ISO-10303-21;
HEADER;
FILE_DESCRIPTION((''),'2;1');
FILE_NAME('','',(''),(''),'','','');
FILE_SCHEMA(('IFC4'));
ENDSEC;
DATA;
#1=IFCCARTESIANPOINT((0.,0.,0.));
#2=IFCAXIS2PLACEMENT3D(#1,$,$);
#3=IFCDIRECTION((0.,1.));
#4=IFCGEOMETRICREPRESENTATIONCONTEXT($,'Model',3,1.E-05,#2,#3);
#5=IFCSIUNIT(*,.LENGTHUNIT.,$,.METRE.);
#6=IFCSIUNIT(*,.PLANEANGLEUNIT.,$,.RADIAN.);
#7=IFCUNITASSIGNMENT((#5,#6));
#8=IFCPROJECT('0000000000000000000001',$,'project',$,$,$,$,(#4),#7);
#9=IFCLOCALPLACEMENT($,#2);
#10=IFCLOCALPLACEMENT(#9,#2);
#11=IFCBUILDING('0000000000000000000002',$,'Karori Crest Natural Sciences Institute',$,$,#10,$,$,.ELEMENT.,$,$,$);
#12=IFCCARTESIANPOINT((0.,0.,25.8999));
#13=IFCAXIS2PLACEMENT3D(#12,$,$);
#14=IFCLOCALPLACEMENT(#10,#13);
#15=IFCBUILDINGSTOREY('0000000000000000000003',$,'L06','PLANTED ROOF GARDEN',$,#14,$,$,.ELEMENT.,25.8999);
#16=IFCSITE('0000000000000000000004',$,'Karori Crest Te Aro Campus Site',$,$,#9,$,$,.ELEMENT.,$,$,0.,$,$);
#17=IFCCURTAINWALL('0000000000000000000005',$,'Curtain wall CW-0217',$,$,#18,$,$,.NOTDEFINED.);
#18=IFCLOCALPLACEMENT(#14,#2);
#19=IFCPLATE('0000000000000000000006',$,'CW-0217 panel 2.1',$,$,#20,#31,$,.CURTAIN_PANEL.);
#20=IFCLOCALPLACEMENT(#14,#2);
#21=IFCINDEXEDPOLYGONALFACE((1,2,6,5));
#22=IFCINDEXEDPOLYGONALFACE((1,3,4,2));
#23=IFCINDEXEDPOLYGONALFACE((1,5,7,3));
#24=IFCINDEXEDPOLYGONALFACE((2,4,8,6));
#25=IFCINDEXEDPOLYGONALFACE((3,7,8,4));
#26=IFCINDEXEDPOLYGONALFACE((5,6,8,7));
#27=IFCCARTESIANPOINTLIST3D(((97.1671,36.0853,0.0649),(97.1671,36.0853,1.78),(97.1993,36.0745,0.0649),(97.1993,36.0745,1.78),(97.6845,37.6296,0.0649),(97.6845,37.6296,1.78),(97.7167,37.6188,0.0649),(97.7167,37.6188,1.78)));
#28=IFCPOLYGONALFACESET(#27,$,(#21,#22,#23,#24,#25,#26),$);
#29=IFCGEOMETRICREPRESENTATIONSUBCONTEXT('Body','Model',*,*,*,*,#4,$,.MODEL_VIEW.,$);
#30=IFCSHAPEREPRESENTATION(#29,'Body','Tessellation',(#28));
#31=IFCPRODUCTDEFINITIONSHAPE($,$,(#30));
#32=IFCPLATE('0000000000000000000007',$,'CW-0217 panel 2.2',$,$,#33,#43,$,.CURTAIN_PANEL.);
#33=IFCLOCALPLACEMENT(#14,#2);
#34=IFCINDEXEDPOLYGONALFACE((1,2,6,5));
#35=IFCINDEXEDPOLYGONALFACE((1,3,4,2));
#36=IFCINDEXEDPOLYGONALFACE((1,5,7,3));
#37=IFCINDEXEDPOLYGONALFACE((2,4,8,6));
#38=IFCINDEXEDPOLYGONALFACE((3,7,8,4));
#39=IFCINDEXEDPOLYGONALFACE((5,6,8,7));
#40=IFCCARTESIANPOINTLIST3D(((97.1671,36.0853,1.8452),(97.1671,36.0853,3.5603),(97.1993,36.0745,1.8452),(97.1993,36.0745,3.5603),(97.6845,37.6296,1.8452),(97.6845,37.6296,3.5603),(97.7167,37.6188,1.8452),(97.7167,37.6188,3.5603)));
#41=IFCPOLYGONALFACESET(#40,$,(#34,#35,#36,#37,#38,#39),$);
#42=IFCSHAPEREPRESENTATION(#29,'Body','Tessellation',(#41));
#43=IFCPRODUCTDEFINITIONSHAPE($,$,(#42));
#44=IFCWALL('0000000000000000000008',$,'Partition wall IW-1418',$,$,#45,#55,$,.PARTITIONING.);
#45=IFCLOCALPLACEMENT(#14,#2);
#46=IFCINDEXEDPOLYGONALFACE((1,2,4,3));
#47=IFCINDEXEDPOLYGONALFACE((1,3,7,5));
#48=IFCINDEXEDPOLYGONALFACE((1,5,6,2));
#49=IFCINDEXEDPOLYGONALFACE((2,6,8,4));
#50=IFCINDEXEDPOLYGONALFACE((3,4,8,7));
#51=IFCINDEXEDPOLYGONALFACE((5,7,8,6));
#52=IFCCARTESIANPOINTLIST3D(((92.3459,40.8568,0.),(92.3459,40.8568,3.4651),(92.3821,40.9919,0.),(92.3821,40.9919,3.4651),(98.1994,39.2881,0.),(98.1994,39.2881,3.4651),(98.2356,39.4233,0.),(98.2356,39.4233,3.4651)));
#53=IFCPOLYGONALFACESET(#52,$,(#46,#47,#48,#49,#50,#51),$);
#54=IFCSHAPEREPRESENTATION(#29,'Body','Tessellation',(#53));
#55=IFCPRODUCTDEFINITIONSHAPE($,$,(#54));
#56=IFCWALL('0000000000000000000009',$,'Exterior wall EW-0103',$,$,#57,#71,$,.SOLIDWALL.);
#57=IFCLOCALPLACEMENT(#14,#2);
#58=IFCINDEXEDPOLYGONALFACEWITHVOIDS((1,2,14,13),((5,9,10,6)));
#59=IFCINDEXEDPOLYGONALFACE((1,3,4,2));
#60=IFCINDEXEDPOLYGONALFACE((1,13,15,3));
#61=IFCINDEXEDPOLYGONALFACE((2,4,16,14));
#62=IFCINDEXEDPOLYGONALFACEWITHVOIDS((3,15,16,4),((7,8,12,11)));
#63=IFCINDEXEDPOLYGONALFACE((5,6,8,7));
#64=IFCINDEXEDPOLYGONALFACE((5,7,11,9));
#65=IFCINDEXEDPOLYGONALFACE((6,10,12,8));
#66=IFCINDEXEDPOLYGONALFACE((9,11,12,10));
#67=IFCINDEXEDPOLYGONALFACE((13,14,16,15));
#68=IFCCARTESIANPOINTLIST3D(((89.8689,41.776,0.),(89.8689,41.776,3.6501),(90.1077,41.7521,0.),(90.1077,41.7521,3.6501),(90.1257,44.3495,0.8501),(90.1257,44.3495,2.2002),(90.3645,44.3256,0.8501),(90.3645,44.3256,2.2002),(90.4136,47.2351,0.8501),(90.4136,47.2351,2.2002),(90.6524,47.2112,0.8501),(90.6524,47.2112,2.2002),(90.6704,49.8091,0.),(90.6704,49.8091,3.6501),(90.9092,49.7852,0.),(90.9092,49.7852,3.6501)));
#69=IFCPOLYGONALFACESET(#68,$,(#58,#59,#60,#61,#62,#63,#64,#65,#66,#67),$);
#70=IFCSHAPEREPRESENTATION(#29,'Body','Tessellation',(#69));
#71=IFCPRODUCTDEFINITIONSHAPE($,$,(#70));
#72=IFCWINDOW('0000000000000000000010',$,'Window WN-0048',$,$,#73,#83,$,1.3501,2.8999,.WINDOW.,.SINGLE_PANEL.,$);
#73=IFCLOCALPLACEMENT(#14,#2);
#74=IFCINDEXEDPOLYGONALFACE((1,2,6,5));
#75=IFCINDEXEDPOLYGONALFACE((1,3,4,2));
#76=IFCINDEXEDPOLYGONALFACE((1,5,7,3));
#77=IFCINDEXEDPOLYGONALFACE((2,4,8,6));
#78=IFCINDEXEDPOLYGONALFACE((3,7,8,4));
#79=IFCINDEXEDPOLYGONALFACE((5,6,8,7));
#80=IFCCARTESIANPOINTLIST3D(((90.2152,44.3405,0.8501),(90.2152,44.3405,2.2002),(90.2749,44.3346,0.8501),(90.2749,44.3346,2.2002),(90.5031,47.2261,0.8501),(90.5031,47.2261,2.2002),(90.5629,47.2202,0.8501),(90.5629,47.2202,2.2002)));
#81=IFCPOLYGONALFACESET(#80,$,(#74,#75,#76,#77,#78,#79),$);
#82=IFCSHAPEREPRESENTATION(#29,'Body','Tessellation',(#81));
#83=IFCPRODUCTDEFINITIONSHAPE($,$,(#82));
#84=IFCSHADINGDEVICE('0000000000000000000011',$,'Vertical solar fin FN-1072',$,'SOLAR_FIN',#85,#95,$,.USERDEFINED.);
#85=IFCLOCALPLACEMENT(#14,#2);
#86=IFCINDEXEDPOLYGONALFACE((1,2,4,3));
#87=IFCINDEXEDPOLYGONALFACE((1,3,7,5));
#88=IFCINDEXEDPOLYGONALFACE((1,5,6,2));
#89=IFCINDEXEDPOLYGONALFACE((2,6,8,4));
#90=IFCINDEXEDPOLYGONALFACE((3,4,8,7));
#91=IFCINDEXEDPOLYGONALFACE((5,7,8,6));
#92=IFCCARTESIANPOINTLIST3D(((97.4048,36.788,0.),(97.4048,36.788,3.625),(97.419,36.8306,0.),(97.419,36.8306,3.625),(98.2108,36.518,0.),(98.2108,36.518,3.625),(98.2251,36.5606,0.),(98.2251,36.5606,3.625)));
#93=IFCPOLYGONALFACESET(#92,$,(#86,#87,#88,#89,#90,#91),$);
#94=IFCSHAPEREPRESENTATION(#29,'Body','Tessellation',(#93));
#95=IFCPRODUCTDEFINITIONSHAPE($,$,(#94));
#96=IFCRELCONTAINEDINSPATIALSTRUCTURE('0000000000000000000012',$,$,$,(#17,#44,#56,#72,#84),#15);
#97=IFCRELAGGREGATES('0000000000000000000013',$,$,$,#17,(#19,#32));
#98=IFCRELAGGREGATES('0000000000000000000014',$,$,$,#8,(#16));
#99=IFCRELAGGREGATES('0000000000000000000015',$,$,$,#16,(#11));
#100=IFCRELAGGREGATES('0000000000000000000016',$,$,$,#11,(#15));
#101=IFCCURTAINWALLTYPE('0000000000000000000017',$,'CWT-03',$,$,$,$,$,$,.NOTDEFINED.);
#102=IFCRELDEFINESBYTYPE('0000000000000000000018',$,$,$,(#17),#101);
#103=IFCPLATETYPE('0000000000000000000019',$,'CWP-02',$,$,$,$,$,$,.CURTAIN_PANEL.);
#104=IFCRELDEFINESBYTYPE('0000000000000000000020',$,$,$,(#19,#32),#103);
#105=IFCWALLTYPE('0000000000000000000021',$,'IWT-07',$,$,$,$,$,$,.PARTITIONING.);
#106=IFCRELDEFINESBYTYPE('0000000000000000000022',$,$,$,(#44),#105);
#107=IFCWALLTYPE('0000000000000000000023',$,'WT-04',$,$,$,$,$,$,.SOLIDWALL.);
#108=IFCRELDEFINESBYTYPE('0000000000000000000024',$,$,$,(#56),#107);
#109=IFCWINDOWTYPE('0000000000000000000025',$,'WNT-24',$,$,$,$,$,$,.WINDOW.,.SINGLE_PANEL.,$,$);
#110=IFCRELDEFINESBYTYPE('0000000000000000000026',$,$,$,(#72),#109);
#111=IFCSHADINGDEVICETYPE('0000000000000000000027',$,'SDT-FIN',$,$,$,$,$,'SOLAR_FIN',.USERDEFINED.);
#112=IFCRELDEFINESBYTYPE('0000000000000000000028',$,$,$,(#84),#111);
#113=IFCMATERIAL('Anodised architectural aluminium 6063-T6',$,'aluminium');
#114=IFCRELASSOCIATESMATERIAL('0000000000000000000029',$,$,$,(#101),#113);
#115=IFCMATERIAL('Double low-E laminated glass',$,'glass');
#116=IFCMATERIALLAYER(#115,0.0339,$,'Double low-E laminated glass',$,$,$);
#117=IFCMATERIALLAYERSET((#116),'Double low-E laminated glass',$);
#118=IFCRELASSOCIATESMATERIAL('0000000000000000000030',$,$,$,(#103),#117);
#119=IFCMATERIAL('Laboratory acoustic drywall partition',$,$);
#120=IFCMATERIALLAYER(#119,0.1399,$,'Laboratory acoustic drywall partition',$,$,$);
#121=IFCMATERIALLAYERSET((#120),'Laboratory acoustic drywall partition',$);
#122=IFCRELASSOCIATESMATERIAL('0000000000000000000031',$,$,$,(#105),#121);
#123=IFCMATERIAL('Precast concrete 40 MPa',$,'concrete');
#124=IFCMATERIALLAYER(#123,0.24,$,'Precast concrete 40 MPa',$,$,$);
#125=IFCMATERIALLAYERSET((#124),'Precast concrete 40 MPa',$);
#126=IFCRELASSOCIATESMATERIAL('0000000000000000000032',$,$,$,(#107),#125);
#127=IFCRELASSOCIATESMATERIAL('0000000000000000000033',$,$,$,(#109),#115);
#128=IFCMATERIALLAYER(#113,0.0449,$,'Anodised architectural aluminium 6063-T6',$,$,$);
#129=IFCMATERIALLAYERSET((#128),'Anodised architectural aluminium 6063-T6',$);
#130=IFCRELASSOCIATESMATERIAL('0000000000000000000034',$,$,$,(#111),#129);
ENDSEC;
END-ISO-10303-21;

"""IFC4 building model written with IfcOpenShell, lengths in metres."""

from ifc_helpers import new_model, si_unit, direction, frame, frame_2d, origin, origin_2d, place, context, subcontext, project, spatial, rectangle, extrude, material, layer, layer_set, type_object, element, fill, aggregate, save


model = new_model("IFC4")

# Units and contexts
model_context = context("Model", 3, precision=1e-05, world=origin(), true_north=direction((0.0, 1.0)))
body_context = subcontext(model_context, "Body", "Model", "MODEL_VIEW")
ifc_project = project(units=[si_unit("LENGTHUNIT", "METRE"), si_unit("PLANEANGLEUNIT", "RADIAN")], contexts=[model_context])

# Site, building, storey
site_placement = place(None, origin())
site = spatial("IfcSite", under=ifc_project, at=site_placement, Name="Karori Crest Te Aro Campus Site", CompositionType="ELEMENT", RefElevation=0.0)
building_placement = place(site_placement, origin())
building = spatial("IfcBuilding", under=site, at=building_placement, Name="Karori Crest Natural Sciences Institute", CompositionType="ELEMENT")
storey_placement = place(building_placement, frame((0.0, 0.0, 25.8999)))
storey = spatial("IfcBuildingStorey", under=building, at=storey_placement, Name="L06", Description="PLANTED ROOF GARDEN", CompositionType="ELEMENT", Elevation=25.8999)

# Curtain wall
ifc_material_1 = material(Name="Anodised architectural aluminium 6063-T6", Category="aluminium")
curtain_wall_type_1 = type_object("IfcCurtainWallType", Name="CWT-03", PredefinedType="NOTDEFINED", material=ifc_material_1)
curtain_wall_1_placement = place(storey_placement, origin())
curtain_wall_1 = element("IfcCurtainWall", 1, at=curtain_wall_1_placement, inside=storey, type_object=curtain_wall_type_1, Name="Curtain wall CW-0217", PredefinedType="NOTDEFINED")

# Plates
ifc_material_2 = material(Name="Double low-E laminated glass", Category="glass")
ifc_layer_1 = layer(ifc_material_2, 0.0339, Name="Double low-E laminated glass")
ifc_layer_set_1 = layer_set([ifc_layer_1], Name="Double low-E laminated glass")
plate_type_1 = type_object("IfcPlateType", Name="CWP-02", PredefinedType="CURTAIN_PANEL", material=ifc_layer_set_1)
plate_1_placement = place(storey_placement, frame((97.4419, 36.8521, 0.0649), z_axis=(0.0, 0.0, 1.0), x_axis=(-0.31768, -0.948198, 0.0)))
plate_1 = element("IfcPlate", 2, at=plate_1_placement, type_object=plate_type_1, Name="CW-0217 panel 2.1", PredefinedType="CURTAIN_PANEL", context=body_context, shape_type="SweptSolid", body=[
    extrude(rectangle(XDim=1.6287, YDim=0.0339, at=origin_2d()), origin(), (0.0, 0.0, 1.0), 1.7151),
])
plate_2_placement = place(storey_placement, frame((97.4419, 36.8521, 1.8452), z_axis=(0.0, 0.0, 1.0), x_axis=(-0.31768, -0.948198, 0.0)))
plate_2 = element("IfcPlate", 3, at=plate_2_placement, type_object=plate_type_1, Name="CW-0217 panel 2.2", PredefinedType="CURTAIN_PANEL", context=body_context, shape_type="SweptSolid", body=[
    extrude(rectangle(XDim=1.6287, YDim=0.0339, at=origin_2d()), origin(), (0.0, 0.0, 1.0), 1.7151),
])
aggregate(curtain_wall_1, [plate_1, plate_2])

# Wall
ifc_material_3 = material(Name="Laboratory acoustic drywall partition")
ifc_layer_2 = layer(ifc_material_3, 0.1399, Name="Laboratory acoustic drywall partition")
ifc_layer_set_2 = layer_set([ifc_layer_2], Name="Laboratory acoustic drywall partition")
wall_type_1 = type_object("IfcWallType", Name="IWT-07", PredefinedType="PARTITIONING", material=ifc_layer_set_2)
wall_1_placement = place(storey_placement, frame((92.364, 40.9243, 0.0), z_axis=(0.0, 0.0, 1.0), x_axis=(0.965919, -0.258843, 0.0)))
element("IfcWall", 4, at=wall_1_placement, inside=storey, type_object=wall_type_1, Name="Partition wall IW-1418", PredefinedType="PARTITIONING", context=body_context, shape_type="SweptSolid", body=[
    extrude(rectangle(XDim=6.0601, YDim=0.1399, at=frame_2d((3.03, 0.0))), origin(), (0.0, 0.0, 1.0), 3.4651),
])

# Wall, opening, window
ifc_material_4 = material(Name="Precast concrete 40 MPa", Category="concrete")
ifc_layer_3 = layer(ifc_material_4, 0.24, Name="Precast concrete 40 MPa")
ifc_layer_set_3 = layer_set([ifc_layer_3], Name="Precast concrete 40 MPa")
wall_type_2 = type_object("IfcWallType", Name="WT-04", PredefinedType="SOLIDWALL", material=ifc_layer_set_3)
wall_2_placement = place(storey_placement, frame((89.9883, 41.7639, 0.0), z_axis=(0.0, 0.0, 1.0), x_axis=(0.099282, 0.995059, 0.0)))
wall_2 = element("IfcWall", 5, at=wall_2_placement, inside=storey, type_object=wall_type_2, Name="Exterior wall EW-0103", PredefinedType="SOLIDWALL", context=body_context, shape_type="SweptSolid", body=[
    extrude(rectangle(XDim=8.073, YDim=0.24, at=frame_2d((4.0366, 0.0))), origin(), (0.0, 0.0, 1.0), 3.6501),
])
opening_placement = place(wall_2_placement, frame((2.5864, 0.0, 0.8501)))
opening = element("IfcOpeningElement", 6, at=opening_placement, cuts=wall_2, PredefinedType="OPENING", context=body_context, shape_type="SweptSolid", body=[
    extrude(rectangle(XDim=2.8999, YDim=1.3501, at=frame_2d((1.45, 0.675))), frame((0.0, 0.1299, 0.0), z_axis=(0.0, -1.0, 0.0), x_axis=(1.0, 0.0, 0.0)), (0.0, 0.0, 1.0), 0.26),
])
window_type = type_object("IfcWindowType", Name="WNT-24", PartitioningType="SINGLE_PANEL", PredefinedType="WINDOW", material=ifc_material_2)
window_placement = place(opening_placement, origin())
window = element("IfcWindow", 7, at=window_placement, inside=storey, type_object=window_type, Name="Window WN-0048", OverallHeight=1.3501, OverallWidth=2.8999, PartitioningType="SINGLE_PANEL", PredefinedType="WINDOW", context=body_context, shape_type="SweptSolid", body=[
    extrude(rectangle(XDim=2.8999, YDim=1.3501, at=frame_2d((1.45, 0.675))), frame((0.0, 0.03, 0.0), z_axis=(0.0, -1.0, 0.0), x_axis=(1.0, 0.0, 0.0)), (0.0, 0.0, 1.0), 0.0601),
])
fill(opening, window)

# Shading device
ifc_layer_4 = layer(ifc_material_1, 0.0449, Name="Anodised architectural aluminium 6063-T6")
ifc_layer_set_4 = layer_set([ifc_layer_4], Name="Anodised architectural aluminium 6063-T6")
shading_device_type = type_object("IfcShadingDeviceType", Name="SDT-FIN", ElementType="SOLAR_FIN", PredefinedType="USERDEFINED", material=ifc_layer_set_4)
shading_device_placement = place(storey_placement, frame((97.8149, 36.6743, 0.0), z_axis=(0.0, 0.0, 1.0), x_axis=(0.948198, -0.31768, 0.0)))
element("IfcShadingDevice", 8, at=shading_device_placement, inside=storey, type_object=shading_device_type, Name="Vertical solar fin FN-1072", ObjectType="SOLAR_FIN", PredefinedType="USERDEFINED", context=body_context, shape_type="SweptSolid", body=[
    extrude(rectangle(XDim=0.8501, YDim=0.0449, at=origin_2d()), origin(), (0.0, 0.0, 1.0), 3.625),
])

save(model, "model.ifc")
